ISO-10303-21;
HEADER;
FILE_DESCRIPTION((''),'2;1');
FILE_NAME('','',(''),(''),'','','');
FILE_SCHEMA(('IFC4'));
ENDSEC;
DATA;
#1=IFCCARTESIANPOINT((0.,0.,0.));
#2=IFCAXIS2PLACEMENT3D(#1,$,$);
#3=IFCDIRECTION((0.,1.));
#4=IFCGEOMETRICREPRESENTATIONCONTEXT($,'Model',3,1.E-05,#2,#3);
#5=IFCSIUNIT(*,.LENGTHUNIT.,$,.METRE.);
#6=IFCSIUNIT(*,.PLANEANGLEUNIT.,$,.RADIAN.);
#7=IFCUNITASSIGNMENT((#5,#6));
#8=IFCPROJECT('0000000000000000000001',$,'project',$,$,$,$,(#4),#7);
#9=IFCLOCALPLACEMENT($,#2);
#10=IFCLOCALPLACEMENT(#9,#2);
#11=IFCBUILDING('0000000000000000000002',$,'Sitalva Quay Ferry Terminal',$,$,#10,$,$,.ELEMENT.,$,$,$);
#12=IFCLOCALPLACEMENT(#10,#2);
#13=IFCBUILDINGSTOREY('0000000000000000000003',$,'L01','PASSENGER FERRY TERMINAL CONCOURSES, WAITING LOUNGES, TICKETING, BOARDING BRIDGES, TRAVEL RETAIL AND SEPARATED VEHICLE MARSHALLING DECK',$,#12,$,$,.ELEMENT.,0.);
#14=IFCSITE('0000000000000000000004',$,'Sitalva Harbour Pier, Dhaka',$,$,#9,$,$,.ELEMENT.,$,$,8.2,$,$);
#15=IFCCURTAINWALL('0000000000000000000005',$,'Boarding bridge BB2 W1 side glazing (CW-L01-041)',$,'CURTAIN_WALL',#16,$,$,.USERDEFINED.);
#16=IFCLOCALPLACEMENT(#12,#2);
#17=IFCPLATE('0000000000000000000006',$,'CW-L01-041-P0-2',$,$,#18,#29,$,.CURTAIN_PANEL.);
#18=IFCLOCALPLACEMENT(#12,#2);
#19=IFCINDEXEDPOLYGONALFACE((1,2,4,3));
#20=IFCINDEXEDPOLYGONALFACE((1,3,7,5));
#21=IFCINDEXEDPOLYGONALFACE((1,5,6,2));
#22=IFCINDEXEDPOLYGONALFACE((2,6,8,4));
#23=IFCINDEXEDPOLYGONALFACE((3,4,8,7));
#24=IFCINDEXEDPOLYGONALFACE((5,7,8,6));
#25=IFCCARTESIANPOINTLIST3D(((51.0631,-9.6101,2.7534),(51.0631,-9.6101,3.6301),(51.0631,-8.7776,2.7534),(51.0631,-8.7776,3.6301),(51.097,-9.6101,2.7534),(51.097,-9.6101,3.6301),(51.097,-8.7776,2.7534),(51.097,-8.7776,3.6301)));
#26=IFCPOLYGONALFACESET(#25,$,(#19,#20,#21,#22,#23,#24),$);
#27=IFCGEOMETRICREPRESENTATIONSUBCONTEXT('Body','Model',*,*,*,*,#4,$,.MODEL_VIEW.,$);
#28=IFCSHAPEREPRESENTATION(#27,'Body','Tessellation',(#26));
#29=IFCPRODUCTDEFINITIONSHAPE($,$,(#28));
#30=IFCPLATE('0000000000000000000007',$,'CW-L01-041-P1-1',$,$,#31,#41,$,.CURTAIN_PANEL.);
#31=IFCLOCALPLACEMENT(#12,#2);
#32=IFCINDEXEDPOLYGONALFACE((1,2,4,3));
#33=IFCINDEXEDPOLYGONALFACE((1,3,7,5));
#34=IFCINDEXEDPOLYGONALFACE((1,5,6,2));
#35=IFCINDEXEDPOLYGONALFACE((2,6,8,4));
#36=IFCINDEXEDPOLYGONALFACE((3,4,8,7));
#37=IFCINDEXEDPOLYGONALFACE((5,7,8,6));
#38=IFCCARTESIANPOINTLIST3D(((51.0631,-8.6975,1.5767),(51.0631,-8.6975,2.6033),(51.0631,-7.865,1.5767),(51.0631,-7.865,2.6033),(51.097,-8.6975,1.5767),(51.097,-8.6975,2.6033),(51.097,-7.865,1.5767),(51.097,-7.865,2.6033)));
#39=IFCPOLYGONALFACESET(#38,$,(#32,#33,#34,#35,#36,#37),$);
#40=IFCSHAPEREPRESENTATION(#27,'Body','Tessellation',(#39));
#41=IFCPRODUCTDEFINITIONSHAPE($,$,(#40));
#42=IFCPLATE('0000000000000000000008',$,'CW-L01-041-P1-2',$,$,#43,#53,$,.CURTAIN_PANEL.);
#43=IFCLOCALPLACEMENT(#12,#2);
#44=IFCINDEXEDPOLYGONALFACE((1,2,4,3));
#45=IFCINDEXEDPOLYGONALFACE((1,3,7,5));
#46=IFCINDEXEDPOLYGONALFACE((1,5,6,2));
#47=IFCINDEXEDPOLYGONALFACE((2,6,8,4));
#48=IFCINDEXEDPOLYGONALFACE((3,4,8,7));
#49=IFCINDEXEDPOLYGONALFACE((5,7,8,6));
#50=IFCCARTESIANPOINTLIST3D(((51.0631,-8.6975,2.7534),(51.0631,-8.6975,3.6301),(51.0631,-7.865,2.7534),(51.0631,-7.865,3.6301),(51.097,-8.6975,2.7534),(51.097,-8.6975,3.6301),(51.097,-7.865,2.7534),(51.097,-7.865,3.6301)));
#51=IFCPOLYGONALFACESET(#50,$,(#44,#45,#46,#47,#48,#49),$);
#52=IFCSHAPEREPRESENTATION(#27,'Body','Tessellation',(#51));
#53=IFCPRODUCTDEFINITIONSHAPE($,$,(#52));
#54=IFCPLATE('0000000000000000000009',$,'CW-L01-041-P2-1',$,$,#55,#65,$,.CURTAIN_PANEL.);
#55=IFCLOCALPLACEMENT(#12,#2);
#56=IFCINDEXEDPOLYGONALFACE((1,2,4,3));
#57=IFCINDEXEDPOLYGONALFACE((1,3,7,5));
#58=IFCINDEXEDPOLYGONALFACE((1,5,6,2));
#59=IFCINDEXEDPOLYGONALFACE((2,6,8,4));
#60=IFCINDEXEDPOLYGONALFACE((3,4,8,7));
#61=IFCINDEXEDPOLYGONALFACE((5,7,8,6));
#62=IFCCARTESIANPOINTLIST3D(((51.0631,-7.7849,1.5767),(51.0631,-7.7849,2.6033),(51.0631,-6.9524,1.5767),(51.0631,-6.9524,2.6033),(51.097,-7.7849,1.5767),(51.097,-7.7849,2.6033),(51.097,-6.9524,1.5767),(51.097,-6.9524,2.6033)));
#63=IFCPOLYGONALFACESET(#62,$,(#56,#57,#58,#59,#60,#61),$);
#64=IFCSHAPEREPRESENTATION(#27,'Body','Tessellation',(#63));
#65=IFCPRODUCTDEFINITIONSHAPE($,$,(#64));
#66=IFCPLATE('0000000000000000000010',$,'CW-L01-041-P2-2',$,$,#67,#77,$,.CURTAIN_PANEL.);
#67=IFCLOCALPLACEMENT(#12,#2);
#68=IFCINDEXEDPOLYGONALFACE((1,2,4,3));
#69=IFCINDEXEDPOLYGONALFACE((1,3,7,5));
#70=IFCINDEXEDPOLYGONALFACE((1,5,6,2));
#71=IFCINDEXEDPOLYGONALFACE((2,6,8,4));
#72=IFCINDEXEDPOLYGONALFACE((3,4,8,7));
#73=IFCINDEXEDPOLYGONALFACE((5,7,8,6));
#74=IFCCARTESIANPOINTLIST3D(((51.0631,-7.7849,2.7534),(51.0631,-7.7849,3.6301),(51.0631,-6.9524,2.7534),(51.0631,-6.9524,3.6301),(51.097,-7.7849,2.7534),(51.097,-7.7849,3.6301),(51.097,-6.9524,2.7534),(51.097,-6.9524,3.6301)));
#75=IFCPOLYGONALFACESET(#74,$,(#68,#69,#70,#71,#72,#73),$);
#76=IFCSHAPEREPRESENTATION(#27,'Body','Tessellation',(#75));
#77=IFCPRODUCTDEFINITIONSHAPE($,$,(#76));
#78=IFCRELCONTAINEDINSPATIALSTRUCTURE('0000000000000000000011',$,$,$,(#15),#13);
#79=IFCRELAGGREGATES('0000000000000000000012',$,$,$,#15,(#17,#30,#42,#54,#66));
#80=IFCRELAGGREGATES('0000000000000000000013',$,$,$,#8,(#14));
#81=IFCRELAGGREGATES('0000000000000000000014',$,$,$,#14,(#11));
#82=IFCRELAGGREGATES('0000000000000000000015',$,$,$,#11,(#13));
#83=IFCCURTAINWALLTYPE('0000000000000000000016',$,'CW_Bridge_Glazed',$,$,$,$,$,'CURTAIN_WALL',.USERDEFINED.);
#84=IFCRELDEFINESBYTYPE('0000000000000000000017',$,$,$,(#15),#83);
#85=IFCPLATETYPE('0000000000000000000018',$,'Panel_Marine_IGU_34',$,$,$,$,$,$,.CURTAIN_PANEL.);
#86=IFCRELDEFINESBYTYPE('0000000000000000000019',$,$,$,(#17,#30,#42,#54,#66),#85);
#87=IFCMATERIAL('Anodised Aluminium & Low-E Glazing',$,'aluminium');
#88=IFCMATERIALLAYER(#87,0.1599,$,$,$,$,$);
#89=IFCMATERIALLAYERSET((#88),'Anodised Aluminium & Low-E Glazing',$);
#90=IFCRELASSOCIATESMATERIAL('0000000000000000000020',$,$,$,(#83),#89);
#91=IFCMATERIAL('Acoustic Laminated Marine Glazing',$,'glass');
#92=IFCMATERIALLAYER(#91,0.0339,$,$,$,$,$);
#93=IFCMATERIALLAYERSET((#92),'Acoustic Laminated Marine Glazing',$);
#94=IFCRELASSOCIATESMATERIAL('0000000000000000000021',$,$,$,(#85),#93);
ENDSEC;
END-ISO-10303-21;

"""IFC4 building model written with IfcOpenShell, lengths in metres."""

from ifc_helpers import new_model, si_unit, direction, frame, origin, origin_2d, place, context, subcontext, project, spatial, rectangle, extrude, material, layer, layer_set, type_object, element, aggregate, save


model = new_model("IFC4")

# Units and contexts
model_context = context("Model", 3, precision=1e-05, world=origin(), true_north=direction((0.0, 1.0)))
body_context = subcontext(model_context, "Body", "Model", "MODEL_VIEW")
ifc_project = project(units=[si_unit("LENGTHUNIT", "METRE"), si_unit("PLANEANGLEUNIT", "RADIAN")], contexts=[model_context])

# Site, building, storey
site_placement = place(None, origin())
site = spatial("IfcSite", under=ifc_project, at=site_placement, Name="Sitalva Harbour Pier, Dhaka", CompositionType="ELEMENT", RefElevation=8.2)
building_placement = place(site_placement, origin())
building = spatial("IfcBuilding", under=site, at=building_placement, Name="Sitalva Quay Ferry Terminal", CompositionType="ELEMENT")
storey_placement = place(building_placement, origin())
storey = spatial("IfcBuildingStorey", under=building, at=storey_placement, Name="L01", Description="PASSENGER FERRY TERMINAL CONCOURSES, WAITING LOUNGES, TICKETING, BOARDING BRIDGES, TRAVEL RETAIL AND SEPARATED VEHICLE MARSHALLING DECK", CompositionType="ELEMENT", Elevation=0.0)

# Curtain wall
ifc_material_1 = material(Name="Anodised Aluminium & Low-E Glazing", Category="aluminium")
ifc_layer_1 = layer(ifc_material_1, 0.1599)
ifc_layer_set_1 = layer_set([ifc_layer_1], Name="Anodised Aluminium & Low-E Glazing")
curtain_wall_type = type_object("IfcCurtainWallType", Name="CW_Bridge_Glazed", ElementType="CURTAIN_WALL", PredefinedType="USERDEFINED", material=ifc_layer_set_1)
curtain_wall_placement = place(storey_placement, origin())
curtain_wall = element("IfcCurtainWall", 1, at=curtain_wall_placement, inside=storey, type_object=curtain_wall_type, Name="Boarding bridge BB2 W1 side glazing (CW-L01-041)", ObjectType="CURTAIN_WALL", PredefinedType="USERDEFINED")

# Plates
ifc_material_2 = material(Name="Acoustic Laminated Marine Glazing", Category="glass")
ifc_layer_2 = layer(ifc_material_2, 0.0339)
ifc_layer_set_2 = layer_set([ifc_layer_2], Name="Acoustic Laminated Marine Glazing")
plate_type_1 = type_object("IfcPlateType", Name="Panel_Marine_IGU_34", PredefinedType="CURTAIN_PANEL", material=ifc_layer_set_2)
plate_1_placement = place(storey_placement, frame((51.0801, -9.1938, 2.7534), z_axis=(0.0, 0.0, 1.0), x_axis=(0.0, 1.0, 0.0)))
plate_1 = element("IfcPlate", 2, at=plate_1_placement, type_object=plate_type_1, Name="CW-L01-041-P0-2", PredefinedType="CURTAIN_PANEL", context=body_context, shape_type="SweptSolid", body=[
    extrude(rectangle(XDim=0.8325, YDim=0.0339, at=origin_2d()), origin(), (0.0, 0.0, 1.0), 0.8767),
])
plate_2_placement = place(storey_placement, frame((51.0801, -8.2812, 1.5767), z_axis=(0.0, 0.0, 1.0), x_axis=(0.0, 1.0, 0.0)))
plate_2 = element("IfcPlate", 3, at=plate_2_placement, type_object=plate_type_1, Name="CW-L01-041-P1-1", PredefinedType="CURTAIN_PANEL", context=body_context, shape_type="SweptSolid", body=[
    extrude(rectangle(XDim=0.8325, YDim=0.0339, at=origin_2d()), origin(), (0.0, 0.0, 1.0), 1.0266),
])
plate_3_placement = place(storey_placement, frame((51.0801, -8.2812, 2.7534), z_axis=(0.0, 0.0, 1.0), x_axis=(0.0, 1.0, 0.0)))
plate_3 = element("IfcPlate", 4, at=plate_3_placement, type_object=plate_type_1, Name="CW-L01-041-P1-2", PredefinedType="CURTAIN_PANEL", context=body_context, shape_type="SweptSolid", body=[
    extrude(rectangle(XDim=0.8325, YDim=0.0339, at=origin_2d()), origin(), (0.0, 0.0, 1.0), 0.8767),
])
plate_4_placement = place(storey_placement, frame((51.0801, -7.3687, 1.5767), z_axis=(0.0, 0.0, 1.0), x_axis=(0.0, 1.0, 0.0)))
plate_4 = element("IfcPlate", 5, at=plate_4_placement, type_object=plate_type_1, Name="CW-L01-041-P2-1", PredefinedType="CURTAIN_PANEL", context=body_context, shape_type="SweptSolid", body=[
    extrude(rectangle(XDim=0.8325, YDim=0.0339, at=origin_2d()), origin(), (0.0, 0.0, 1.0), 1.0266),
])
plate_5_placement = place(storey_placement, frame((51.0801, -7.3687, 2.7534), z_axis=(0.0, 0.0, 1.0), x_axis=(0.0, 1.0, 0.0)))
plate_5 = element("IfcPlate", 6, at=plate_5_placement, type_object=plate_type_1, Name="CW-L01-041-P2-2", PredefinedType="CURTAIN_PANEL", context=body_context, shape_type="SweptSolid", body=[
    extrude(rectangle(XDim=0.8325, YDim=0.0339, at=origin_2d()), origin(), (0.0, 0.0, 1.0), 0.8767),
])
aggregate(curtain_wall, [plate_1, plate_2, plate_3, plate_4, plate_5])

save(model, "model.ifc")
